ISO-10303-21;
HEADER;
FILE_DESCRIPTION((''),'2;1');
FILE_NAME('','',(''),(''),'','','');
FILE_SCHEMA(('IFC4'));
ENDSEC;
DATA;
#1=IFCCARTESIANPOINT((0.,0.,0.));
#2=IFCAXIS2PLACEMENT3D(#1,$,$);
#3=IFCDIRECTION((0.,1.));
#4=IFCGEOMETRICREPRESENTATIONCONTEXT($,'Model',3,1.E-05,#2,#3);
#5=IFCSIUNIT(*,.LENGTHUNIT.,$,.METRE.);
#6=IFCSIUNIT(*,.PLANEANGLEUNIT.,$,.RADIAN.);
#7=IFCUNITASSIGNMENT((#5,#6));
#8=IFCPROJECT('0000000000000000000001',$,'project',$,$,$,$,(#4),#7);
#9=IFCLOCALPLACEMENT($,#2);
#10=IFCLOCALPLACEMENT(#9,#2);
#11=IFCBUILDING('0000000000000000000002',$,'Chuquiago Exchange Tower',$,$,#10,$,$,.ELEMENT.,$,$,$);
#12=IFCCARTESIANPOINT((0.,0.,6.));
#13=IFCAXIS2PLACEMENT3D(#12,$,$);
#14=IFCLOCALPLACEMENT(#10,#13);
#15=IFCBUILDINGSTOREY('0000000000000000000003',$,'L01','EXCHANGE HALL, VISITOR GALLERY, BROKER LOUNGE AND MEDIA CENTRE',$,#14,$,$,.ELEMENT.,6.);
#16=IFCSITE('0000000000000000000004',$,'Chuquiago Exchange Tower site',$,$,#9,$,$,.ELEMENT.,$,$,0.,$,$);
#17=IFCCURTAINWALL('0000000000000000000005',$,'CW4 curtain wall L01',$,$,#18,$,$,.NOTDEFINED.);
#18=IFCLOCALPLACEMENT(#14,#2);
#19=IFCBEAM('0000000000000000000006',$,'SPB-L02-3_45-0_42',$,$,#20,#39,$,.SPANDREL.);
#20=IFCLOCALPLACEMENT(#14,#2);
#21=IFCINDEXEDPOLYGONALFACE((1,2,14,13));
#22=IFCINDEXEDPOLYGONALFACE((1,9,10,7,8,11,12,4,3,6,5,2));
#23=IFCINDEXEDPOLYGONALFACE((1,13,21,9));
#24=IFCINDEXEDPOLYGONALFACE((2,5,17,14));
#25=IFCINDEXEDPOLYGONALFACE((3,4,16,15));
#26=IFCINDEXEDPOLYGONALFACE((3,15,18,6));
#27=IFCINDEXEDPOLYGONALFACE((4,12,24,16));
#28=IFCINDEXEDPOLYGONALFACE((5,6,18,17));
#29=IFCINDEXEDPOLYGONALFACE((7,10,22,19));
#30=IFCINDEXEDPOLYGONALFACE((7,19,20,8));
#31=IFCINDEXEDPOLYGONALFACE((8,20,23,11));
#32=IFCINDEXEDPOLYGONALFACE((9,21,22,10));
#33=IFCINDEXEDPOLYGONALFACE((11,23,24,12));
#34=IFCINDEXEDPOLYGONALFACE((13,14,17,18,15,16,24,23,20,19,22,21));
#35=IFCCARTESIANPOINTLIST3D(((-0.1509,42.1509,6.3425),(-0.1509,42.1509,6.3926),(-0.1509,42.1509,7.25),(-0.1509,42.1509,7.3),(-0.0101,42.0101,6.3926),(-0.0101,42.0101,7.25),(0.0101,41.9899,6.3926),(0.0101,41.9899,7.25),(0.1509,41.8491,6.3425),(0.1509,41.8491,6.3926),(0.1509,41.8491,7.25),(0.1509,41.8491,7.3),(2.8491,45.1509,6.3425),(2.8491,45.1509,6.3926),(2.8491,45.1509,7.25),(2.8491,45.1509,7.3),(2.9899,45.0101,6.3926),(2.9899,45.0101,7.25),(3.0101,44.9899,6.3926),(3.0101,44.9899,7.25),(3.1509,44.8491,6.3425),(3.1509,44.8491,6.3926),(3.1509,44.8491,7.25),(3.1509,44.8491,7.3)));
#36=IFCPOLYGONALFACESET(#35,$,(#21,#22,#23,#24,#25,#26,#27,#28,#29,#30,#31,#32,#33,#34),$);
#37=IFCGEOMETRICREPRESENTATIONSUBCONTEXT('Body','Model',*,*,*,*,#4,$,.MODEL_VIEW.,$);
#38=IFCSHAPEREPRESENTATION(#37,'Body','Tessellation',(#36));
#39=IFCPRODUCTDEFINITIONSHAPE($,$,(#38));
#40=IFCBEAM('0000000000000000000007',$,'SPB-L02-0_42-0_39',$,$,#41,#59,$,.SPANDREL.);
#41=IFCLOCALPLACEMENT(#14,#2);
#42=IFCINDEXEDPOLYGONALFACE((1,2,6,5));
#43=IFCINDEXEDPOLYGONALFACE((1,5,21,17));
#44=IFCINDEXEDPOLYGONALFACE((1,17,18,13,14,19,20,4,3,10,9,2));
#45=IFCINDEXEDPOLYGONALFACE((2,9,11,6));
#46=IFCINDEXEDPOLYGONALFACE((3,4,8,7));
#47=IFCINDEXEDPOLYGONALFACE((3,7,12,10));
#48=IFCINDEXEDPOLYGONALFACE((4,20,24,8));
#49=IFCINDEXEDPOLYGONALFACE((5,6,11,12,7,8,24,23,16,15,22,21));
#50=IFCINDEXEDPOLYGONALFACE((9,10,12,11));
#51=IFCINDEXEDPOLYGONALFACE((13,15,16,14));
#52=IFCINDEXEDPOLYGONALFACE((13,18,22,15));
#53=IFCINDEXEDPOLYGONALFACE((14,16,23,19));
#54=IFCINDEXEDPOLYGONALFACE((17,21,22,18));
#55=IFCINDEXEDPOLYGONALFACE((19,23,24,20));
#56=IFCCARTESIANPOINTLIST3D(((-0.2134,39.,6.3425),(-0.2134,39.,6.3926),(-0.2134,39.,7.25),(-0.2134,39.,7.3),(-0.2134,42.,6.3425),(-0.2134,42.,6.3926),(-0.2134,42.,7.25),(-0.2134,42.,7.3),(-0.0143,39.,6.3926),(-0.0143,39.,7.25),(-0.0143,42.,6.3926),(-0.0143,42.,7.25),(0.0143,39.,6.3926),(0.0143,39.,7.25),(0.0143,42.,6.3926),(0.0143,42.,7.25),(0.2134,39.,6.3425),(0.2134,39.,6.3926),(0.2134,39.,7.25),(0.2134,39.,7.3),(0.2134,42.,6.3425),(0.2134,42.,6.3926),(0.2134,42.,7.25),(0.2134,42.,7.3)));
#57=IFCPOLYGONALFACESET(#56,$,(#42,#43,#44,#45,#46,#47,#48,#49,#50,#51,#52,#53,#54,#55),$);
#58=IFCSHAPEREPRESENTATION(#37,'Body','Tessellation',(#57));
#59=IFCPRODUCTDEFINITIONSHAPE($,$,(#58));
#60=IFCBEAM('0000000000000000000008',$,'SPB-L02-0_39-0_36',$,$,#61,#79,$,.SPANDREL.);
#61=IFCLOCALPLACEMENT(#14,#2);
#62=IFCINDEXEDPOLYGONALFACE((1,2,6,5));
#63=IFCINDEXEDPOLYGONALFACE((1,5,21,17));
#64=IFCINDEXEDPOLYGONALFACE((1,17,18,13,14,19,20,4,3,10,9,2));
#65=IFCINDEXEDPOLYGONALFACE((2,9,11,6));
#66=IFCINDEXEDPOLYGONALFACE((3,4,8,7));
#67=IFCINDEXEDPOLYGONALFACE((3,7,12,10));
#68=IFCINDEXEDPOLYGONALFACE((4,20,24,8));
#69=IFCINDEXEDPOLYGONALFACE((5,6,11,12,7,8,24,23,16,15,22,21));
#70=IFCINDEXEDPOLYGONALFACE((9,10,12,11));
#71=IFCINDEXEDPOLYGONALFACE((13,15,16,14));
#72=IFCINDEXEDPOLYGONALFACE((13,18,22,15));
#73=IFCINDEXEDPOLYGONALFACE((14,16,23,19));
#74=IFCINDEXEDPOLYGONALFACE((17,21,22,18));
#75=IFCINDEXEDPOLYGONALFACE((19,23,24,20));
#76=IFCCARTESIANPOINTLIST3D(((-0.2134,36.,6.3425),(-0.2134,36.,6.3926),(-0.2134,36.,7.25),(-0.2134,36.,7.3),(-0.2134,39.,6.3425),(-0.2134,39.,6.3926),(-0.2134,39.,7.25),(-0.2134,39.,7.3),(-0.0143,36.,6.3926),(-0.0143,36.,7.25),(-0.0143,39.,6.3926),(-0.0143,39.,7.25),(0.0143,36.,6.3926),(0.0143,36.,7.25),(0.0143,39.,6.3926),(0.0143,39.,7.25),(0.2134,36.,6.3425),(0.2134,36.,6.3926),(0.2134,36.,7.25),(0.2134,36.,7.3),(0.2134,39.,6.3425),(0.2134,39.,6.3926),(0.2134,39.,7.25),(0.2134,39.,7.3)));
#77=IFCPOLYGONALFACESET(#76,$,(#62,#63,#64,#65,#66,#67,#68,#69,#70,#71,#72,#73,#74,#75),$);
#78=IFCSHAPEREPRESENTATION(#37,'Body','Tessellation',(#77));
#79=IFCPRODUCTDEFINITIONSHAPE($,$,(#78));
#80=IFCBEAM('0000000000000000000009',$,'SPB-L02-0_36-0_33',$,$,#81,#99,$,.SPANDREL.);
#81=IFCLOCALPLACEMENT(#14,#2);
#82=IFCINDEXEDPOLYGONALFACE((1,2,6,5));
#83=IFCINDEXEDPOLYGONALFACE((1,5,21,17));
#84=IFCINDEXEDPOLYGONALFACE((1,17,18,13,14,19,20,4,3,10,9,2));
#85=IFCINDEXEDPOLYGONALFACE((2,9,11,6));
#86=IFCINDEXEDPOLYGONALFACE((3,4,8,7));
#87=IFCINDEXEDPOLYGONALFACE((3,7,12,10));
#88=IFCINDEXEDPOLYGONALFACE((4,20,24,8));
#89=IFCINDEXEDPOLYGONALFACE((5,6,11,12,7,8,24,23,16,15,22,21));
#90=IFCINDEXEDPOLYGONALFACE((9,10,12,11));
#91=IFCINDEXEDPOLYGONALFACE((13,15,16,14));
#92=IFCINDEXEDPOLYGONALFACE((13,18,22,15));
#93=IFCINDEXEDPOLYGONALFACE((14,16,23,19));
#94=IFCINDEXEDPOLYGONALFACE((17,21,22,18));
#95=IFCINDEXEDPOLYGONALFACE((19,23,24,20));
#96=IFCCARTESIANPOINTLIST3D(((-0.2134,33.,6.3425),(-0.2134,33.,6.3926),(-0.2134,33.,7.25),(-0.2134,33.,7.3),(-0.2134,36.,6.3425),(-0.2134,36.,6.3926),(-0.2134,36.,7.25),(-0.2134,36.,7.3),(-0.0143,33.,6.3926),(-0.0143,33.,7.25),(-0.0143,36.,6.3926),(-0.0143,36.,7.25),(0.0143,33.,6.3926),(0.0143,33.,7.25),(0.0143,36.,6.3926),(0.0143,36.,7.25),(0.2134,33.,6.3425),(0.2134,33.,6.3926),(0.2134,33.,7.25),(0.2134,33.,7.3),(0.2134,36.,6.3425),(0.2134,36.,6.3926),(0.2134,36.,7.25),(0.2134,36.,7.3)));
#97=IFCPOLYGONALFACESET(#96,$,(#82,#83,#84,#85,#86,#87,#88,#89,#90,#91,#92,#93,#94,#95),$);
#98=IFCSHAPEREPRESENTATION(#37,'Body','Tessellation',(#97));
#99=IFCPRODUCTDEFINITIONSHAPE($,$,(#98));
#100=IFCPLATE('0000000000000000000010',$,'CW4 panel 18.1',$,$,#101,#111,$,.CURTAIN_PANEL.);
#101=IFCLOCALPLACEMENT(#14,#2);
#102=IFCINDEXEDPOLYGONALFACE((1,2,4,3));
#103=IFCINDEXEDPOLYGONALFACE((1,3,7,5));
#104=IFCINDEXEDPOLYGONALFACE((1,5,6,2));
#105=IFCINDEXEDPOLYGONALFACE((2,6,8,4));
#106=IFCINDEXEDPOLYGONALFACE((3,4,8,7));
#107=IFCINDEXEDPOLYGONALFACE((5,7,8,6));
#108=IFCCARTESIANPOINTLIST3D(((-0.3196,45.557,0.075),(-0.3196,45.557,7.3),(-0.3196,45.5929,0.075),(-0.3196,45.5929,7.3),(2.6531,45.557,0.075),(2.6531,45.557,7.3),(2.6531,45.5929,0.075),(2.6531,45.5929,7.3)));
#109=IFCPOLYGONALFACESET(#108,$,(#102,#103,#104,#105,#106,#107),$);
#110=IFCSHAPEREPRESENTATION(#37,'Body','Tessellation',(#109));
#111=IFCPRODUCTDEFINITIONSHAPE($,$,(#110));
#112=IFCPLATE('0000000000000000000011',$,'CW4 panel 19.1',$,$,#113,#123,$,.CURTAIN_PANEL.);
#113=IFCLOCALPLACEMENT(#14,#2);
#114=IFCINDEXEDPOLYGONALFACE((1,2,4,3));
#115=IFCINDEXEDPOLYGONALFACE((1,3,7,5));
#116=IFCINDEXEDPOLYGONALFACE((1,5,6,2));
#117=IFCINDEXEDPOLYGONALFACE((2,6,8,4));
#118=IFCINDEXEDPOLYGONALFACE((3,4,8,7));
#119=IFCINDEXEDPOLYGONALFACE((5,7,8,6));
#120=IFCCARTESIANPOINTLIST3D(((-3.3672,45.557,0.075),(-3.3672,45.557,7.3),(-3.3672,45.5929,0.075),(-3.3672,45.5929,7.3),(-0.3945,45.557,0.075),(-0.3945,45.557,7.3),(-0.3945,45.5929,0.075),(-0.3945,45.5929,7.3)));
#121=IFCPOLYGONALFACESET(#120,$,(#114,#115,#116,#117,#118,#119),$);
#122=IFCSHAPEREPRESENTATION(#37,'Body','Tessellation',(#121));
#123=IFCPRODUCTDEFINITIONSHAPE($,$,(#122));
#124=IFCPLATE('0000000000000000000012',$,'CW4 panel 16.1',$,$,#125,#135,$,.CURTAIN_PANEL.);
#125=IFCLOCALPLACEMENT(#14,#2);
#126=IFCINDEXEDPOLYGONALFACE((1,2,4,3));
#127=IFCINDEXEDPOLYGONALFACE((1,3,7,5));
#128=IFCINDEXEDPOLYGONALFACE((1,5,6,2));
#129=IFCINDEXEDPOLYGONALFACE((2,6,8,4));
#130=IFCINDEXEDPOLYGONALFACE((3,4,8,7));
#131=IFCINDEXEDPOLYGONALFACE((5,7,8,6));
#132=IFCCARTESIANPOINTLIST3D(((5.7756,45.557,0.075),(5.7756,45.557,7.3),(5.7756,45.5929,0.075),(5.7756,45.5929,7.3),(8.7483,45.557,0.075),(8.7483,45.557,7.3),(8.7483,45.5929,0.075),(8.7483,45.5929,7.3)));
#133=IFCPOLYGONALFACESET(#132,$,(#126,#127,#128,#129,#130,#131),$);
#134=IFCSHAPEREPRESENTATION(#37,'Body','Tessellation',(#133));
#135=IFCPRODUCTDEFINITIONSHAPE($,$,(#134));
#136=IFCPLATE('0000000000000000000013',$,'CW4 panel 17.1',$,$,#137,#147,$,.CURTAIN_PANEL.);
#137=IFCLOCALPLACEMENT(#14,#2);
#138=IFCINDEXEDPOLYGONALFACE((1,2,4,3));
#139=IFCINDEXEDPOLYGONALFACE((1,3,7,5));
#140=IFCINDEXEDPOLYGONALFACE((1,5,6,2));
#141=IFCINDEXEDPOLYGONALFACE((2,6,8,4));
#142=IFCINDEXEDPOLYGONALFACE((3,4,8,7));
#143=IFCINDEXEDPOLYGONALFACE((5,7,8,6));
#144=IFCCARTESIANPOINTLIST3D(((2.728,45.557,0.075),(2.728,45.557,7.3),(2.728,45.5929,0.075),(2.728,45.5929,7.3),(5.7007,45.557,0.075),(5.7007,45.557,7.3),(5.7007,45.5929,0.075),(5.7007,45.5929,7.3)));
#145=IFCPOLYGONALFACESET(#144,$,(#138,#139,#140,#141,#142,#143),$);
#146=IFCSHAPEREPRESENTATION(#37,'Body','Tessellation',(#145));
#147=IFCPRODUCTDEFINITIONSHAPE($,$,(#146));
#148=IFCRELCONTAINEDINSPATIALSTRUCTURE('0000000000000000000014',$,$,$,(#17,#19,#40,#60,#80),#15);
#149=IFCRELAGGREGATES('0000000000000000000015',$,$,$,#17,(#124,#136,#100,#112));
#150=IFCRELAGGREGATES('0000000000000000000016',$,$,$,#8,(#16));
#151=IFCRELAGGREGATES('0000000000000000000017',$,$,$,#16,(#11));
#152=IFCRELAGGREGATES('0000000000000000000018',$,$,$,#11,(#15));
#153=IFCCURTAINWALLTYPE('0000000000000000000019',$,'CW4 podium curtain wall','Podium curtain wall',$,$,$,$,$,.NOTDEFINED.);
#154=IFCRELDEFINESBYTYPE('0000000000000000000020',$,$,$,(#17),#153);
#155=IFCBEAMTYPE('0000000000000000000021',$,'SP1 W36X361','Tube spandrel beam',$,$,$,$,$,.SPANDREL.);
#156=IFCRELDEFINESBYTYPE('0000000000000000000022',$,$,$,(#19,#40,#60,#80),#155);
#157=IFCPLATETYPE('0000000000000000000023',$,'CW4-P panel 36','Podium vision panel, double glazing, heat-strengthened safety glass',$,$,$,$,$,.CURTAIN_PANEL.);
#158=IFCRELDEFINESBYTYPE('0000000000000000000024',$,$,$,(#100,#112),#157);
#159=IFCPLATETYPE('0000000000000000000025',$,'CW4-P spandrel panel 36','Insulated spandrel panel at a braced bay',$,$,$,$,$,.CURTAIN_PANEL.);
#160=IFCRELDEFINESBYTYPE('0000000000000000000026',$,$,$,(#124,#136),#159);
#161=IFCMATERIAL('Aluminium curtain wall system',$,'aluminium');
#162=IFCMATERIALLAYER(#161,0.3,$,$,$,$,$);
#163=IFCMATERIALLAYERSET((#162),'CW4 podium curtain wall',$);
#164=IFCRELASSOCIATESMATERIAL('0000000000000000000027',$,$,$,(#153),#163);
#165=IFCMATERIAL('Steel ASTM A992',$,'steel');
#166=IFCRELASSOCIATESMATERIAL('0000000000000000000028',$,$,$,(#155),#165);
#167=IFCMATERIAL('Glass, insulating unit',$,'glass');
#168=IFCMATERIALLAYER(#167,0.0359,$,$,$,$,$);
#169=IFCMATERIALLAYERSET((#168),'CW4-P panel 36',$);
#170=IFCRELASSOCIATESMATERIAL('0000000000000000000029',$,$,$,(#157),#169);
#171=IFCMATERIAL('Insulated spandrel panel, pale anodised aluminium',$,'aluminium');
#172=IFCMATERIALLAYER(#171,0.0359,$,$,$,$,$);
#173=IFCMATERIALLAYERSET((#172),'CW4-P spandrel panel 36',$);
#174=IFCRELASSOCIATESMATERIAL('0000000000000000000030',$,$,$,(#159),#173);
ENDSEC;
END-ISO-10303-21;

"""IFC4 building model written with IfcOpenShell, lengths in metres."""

from ifc_helpers import new_model, si_unit, direction, frame, origin, origin_2d, place, context, subcontext, project, spatial, rectangle, i_section, extrude, material, layer, layer_set, material_profile, profile_set, type_object, element, aggregate, save


model = new_model("IFC4")

# Units and contexts
model_context = context("Model", 3, precision=1e-05, world=origin(), true_north=direction((0.0, 1.0)))
body_context = subcontext(model_context, "Body", "Model", "MODEL_VIEW")
ifc_project = project(units=[si_unit("LENGTHUNIT", "METRE"), si_unit("PLANEANGLEUNIT", "RADIAN")], contexts=[model_context])

# Site, building, storey
site_placement = place(None, origin())
site = spatial("IfcSite", under=ifc_project, at=site_placement, Name="Chuquiago Exchange Tower site", CompositionType="ELEMENT", RefElevation=0.0)
building_placement = place(site_placement, origin())
building = spatial("IfcBuilding", under=site, at=building_placement, Name="Chuquiago Exchange Tower", CompositionType="ELEMENT")
storey_placement = place(building_placement, frame((0.0, 0.0, 6.0)))
storey = spatial("IfcBuildingStorey", under=building, at=storey_placement, Name="L01", Description="EXCHANGE HALL, VISITOR GALLERY, BROKER LOUNGE AND MEDIA CENTRE", CompositionType="ELEMENT", Elevation=6.0)

# Curtain wall
ifc_material_1 = material(Name="Aluminium curtain wall system", Category="aluminium")
ifc_layer_1 = layer(ifc_material_1, 0.3)
ifc_layer_set_1 = layer_set([ifc_layer_1], Name="CW4 podium curtain wall")
curtain_wall_type = type_object("IfcCurtainWallType", Name="CW4 podium curtain wall", Description="Podium curtain wall", PredefinedType="NOTDEFINED", material=ifc_layer_set_1)
curtain_wall_placement = place(storey_placement, origin())
curtain_wall = element("IfcCurtainWall", 1, at=curtain_wall_placement, inside=storey, type_object=curtain_wall_type, Name="CW4 curtain wall L01", PredefinedType="NOTDEFINED")

# Beams
ifc_material_2 = material(Name="Steel ASTM A992", Category="steel")
ifc_material_profile_1 = material_profile(ifc_material_2, i_section(OverallWidth=0.4268, OverallDepth=0.9575, WebThickness=0.0286, FlangeThickness=0.05, at=origin_2d()), Name="W36X361")
ifc_profile_set_1 = profile_set([ifc_material_profile_1], Name="Steel ASTM A992")
beam_type_1 = type_object("IfcBeamType", Name="SP1 W36X361", Description="Tube spandrel beam", PredefinedType="SPANDREL", material=ifc_profile_set_1)
beam_1_placement = place(storey_placement, frame((3.0, 45.0, 6.8213), z_axis=(-0.707107, -0.707107, 0.0), x_axis=(0.707107, -0.707107, 0.0)))
element("IfcBeam", 2, at=beam_1_placement, inside=storey, type_object=beam_type_1, Name="SPB-L02-3_45-0_42", PredefinedType="SPANDREL", context=body_context, shape_type="SweptSolid", body=[
    extrude(i_section(OverallWidth=0.4268, OverallDepth=0.9575, WebThickness=0.0286, FlangeThickness=0.05, at=origin_2d()), origin(), (0.0, 0.0, 1.0), 4.2427),
])
for number, where, z_axis, x_axis, name in (
    (3, (0.0, 42.0, 6.8213), (0.0, -1.0, 0.0), (1.0, 0.0, 0.0), "SPB-L02-0_42-0_39"),
    (4, (0.0, 39.0, 6.8213), (0.0, -1.0, 0.0), (1.0, 0.0, 0.0), "SPB-L02-0_39-0_36"),
    (5, (0.0, 36.0, 6.8213), (0.0, -1.0, 0.0), (1.0, 0.0, 0.0), "SPB-L02-0_36-0_33"),
):
    element("IfcBeam", number, at=place(storey_placement, frame(where, z_axis=z_axis, x_axis=x_axis)), inside=storey, type_object=beam_type_1, Name=name, PredefinedType="SPANDREL", context=body_context, shape_type="SweptSolid", body=[
        extrude(i_section(OverallWidth=0.4268, OverallDepth=0.9575, WebThickness=0.0286, FlangeThickness=0.05, at=origin_2d()), origin(), (0.0, 0.0, 1.0), 3.0),
    ])

# Plates
ifc_material_3 = material(Name="Glass, insulating unit", Category="glass")
ifc_layer_2 = layer(ifc_material_3, 0.0359)
ifc_layer_set_2 = layer_set([ifc_layer_2], Name="CW4-P panel 36")
plate_type_1 = type_object("IfcPlateType", Name="CW4-P panel 36", Description="Podium vision panel, double glazing, heat-strengthened safety glass", PredefinedType="CURTAIN_PANEL", material=ifc_layer_set_2)
plate_1_placement = place(storey_placement, frame((1.1667, 45.575, 0.075), z_axis=(0.0, 0.0, 1.0), x_axis=(-1.0, 0.0, 0.0)))
plate_1 = element("IfcPlate", 6, at=plate_1_placement, type_object=plate_type_1, Name="CW4 panel 18.1", PredefinedType="CURTAIN_PANEL", context=body_context, shape_type="SweptSolid", body=[
    extrude(rectangle(XDim=2.9727, YDim=0.0359, at=origin_2d()), origin(), (0.0, 0.0, 1.0), 7.2251),
])
plate_2_placement = place(storey_placement, frame((-1.8809, 45.575, 0.075), z_axis=(0.0, 0.0, 1.0), x_axis=(-1.0, 0.0, 0.0)))
plate_2 = element("IfcPlate", 7, at=plate_2_placement, type_object=plate_type_1, Name="CW4 panel 19.1", PredefinedType="CURTAIN_PANEL", context=body_context, shape_type="SweptSolid", body=[
    extrude(rectangle(XDim=2.9727, YDim=0.0359, at=origin_2d()), origin(), (0.0, 0.0, 1.0), 7.2251),
])
ifc_material_4 = material(Name="Insulated spandrel panel, pale anodised aluminium", Category="aluminium")
ifc_layer_3 = layer(ifc_material_4, 0.0359)
ifc_layer_set_3 = layer_set([ifc_layer_3], Name="CW4-P spandrel panel 36")
plate_type_2 = type_object("IfcPlateType", Name="CW4-P spandrel panel 36", Description="Insulated spandrel panel at a braced bay", PredefinedType="CURTAIN_PANEL", material=ifc_layer_set_3)
plate_3_placement = place(storey_placement, frame((7.262, 45.575, 0.075), z_axis=(0.0, 0.0, 1.0), x_axis=(-1.0, 0.0, 0.0)))
plate_3 = element("IfcPlate", 8, at=plate_3_placement, type_object=plate_type_2, Name="CW4 panel 16.1", PredefinedType="CURTAIN_PANEL", context=body_context, shape_type="SweptSolid", body=[
    extrude(rectangle(XDim=2.9727, YDim=0.0359, at=origin_2d()), origin(), (0.0, 0.0, 1.0), 7.2251),
])
plate_4_placement = place(storey_placement, frame((4.2144, 45.575, 0.075), z_axis=(0.0, 0.0, 1.0), x_axis=(-1.0, 0.0, 0.0)))
plate_4 = element("IfcPlate", 9, at=plate_4_placement, type_object=plate_type_2, Name="CW4 panel 17.1", PredefinedType="CURTAIN_PANEL", context=body_context, shape_type="SweptSolid", body=[
    extrude(rectangle(XDim=2.9727, YDim=0.0359, at=origin_2d()), origin(), (0.0, 0.0, 1.0), 7.2251),
])
aggregate(curtain_wall, [plate_3, plate_4, plate_1, plate_2])

save(model, "model.ifc")
